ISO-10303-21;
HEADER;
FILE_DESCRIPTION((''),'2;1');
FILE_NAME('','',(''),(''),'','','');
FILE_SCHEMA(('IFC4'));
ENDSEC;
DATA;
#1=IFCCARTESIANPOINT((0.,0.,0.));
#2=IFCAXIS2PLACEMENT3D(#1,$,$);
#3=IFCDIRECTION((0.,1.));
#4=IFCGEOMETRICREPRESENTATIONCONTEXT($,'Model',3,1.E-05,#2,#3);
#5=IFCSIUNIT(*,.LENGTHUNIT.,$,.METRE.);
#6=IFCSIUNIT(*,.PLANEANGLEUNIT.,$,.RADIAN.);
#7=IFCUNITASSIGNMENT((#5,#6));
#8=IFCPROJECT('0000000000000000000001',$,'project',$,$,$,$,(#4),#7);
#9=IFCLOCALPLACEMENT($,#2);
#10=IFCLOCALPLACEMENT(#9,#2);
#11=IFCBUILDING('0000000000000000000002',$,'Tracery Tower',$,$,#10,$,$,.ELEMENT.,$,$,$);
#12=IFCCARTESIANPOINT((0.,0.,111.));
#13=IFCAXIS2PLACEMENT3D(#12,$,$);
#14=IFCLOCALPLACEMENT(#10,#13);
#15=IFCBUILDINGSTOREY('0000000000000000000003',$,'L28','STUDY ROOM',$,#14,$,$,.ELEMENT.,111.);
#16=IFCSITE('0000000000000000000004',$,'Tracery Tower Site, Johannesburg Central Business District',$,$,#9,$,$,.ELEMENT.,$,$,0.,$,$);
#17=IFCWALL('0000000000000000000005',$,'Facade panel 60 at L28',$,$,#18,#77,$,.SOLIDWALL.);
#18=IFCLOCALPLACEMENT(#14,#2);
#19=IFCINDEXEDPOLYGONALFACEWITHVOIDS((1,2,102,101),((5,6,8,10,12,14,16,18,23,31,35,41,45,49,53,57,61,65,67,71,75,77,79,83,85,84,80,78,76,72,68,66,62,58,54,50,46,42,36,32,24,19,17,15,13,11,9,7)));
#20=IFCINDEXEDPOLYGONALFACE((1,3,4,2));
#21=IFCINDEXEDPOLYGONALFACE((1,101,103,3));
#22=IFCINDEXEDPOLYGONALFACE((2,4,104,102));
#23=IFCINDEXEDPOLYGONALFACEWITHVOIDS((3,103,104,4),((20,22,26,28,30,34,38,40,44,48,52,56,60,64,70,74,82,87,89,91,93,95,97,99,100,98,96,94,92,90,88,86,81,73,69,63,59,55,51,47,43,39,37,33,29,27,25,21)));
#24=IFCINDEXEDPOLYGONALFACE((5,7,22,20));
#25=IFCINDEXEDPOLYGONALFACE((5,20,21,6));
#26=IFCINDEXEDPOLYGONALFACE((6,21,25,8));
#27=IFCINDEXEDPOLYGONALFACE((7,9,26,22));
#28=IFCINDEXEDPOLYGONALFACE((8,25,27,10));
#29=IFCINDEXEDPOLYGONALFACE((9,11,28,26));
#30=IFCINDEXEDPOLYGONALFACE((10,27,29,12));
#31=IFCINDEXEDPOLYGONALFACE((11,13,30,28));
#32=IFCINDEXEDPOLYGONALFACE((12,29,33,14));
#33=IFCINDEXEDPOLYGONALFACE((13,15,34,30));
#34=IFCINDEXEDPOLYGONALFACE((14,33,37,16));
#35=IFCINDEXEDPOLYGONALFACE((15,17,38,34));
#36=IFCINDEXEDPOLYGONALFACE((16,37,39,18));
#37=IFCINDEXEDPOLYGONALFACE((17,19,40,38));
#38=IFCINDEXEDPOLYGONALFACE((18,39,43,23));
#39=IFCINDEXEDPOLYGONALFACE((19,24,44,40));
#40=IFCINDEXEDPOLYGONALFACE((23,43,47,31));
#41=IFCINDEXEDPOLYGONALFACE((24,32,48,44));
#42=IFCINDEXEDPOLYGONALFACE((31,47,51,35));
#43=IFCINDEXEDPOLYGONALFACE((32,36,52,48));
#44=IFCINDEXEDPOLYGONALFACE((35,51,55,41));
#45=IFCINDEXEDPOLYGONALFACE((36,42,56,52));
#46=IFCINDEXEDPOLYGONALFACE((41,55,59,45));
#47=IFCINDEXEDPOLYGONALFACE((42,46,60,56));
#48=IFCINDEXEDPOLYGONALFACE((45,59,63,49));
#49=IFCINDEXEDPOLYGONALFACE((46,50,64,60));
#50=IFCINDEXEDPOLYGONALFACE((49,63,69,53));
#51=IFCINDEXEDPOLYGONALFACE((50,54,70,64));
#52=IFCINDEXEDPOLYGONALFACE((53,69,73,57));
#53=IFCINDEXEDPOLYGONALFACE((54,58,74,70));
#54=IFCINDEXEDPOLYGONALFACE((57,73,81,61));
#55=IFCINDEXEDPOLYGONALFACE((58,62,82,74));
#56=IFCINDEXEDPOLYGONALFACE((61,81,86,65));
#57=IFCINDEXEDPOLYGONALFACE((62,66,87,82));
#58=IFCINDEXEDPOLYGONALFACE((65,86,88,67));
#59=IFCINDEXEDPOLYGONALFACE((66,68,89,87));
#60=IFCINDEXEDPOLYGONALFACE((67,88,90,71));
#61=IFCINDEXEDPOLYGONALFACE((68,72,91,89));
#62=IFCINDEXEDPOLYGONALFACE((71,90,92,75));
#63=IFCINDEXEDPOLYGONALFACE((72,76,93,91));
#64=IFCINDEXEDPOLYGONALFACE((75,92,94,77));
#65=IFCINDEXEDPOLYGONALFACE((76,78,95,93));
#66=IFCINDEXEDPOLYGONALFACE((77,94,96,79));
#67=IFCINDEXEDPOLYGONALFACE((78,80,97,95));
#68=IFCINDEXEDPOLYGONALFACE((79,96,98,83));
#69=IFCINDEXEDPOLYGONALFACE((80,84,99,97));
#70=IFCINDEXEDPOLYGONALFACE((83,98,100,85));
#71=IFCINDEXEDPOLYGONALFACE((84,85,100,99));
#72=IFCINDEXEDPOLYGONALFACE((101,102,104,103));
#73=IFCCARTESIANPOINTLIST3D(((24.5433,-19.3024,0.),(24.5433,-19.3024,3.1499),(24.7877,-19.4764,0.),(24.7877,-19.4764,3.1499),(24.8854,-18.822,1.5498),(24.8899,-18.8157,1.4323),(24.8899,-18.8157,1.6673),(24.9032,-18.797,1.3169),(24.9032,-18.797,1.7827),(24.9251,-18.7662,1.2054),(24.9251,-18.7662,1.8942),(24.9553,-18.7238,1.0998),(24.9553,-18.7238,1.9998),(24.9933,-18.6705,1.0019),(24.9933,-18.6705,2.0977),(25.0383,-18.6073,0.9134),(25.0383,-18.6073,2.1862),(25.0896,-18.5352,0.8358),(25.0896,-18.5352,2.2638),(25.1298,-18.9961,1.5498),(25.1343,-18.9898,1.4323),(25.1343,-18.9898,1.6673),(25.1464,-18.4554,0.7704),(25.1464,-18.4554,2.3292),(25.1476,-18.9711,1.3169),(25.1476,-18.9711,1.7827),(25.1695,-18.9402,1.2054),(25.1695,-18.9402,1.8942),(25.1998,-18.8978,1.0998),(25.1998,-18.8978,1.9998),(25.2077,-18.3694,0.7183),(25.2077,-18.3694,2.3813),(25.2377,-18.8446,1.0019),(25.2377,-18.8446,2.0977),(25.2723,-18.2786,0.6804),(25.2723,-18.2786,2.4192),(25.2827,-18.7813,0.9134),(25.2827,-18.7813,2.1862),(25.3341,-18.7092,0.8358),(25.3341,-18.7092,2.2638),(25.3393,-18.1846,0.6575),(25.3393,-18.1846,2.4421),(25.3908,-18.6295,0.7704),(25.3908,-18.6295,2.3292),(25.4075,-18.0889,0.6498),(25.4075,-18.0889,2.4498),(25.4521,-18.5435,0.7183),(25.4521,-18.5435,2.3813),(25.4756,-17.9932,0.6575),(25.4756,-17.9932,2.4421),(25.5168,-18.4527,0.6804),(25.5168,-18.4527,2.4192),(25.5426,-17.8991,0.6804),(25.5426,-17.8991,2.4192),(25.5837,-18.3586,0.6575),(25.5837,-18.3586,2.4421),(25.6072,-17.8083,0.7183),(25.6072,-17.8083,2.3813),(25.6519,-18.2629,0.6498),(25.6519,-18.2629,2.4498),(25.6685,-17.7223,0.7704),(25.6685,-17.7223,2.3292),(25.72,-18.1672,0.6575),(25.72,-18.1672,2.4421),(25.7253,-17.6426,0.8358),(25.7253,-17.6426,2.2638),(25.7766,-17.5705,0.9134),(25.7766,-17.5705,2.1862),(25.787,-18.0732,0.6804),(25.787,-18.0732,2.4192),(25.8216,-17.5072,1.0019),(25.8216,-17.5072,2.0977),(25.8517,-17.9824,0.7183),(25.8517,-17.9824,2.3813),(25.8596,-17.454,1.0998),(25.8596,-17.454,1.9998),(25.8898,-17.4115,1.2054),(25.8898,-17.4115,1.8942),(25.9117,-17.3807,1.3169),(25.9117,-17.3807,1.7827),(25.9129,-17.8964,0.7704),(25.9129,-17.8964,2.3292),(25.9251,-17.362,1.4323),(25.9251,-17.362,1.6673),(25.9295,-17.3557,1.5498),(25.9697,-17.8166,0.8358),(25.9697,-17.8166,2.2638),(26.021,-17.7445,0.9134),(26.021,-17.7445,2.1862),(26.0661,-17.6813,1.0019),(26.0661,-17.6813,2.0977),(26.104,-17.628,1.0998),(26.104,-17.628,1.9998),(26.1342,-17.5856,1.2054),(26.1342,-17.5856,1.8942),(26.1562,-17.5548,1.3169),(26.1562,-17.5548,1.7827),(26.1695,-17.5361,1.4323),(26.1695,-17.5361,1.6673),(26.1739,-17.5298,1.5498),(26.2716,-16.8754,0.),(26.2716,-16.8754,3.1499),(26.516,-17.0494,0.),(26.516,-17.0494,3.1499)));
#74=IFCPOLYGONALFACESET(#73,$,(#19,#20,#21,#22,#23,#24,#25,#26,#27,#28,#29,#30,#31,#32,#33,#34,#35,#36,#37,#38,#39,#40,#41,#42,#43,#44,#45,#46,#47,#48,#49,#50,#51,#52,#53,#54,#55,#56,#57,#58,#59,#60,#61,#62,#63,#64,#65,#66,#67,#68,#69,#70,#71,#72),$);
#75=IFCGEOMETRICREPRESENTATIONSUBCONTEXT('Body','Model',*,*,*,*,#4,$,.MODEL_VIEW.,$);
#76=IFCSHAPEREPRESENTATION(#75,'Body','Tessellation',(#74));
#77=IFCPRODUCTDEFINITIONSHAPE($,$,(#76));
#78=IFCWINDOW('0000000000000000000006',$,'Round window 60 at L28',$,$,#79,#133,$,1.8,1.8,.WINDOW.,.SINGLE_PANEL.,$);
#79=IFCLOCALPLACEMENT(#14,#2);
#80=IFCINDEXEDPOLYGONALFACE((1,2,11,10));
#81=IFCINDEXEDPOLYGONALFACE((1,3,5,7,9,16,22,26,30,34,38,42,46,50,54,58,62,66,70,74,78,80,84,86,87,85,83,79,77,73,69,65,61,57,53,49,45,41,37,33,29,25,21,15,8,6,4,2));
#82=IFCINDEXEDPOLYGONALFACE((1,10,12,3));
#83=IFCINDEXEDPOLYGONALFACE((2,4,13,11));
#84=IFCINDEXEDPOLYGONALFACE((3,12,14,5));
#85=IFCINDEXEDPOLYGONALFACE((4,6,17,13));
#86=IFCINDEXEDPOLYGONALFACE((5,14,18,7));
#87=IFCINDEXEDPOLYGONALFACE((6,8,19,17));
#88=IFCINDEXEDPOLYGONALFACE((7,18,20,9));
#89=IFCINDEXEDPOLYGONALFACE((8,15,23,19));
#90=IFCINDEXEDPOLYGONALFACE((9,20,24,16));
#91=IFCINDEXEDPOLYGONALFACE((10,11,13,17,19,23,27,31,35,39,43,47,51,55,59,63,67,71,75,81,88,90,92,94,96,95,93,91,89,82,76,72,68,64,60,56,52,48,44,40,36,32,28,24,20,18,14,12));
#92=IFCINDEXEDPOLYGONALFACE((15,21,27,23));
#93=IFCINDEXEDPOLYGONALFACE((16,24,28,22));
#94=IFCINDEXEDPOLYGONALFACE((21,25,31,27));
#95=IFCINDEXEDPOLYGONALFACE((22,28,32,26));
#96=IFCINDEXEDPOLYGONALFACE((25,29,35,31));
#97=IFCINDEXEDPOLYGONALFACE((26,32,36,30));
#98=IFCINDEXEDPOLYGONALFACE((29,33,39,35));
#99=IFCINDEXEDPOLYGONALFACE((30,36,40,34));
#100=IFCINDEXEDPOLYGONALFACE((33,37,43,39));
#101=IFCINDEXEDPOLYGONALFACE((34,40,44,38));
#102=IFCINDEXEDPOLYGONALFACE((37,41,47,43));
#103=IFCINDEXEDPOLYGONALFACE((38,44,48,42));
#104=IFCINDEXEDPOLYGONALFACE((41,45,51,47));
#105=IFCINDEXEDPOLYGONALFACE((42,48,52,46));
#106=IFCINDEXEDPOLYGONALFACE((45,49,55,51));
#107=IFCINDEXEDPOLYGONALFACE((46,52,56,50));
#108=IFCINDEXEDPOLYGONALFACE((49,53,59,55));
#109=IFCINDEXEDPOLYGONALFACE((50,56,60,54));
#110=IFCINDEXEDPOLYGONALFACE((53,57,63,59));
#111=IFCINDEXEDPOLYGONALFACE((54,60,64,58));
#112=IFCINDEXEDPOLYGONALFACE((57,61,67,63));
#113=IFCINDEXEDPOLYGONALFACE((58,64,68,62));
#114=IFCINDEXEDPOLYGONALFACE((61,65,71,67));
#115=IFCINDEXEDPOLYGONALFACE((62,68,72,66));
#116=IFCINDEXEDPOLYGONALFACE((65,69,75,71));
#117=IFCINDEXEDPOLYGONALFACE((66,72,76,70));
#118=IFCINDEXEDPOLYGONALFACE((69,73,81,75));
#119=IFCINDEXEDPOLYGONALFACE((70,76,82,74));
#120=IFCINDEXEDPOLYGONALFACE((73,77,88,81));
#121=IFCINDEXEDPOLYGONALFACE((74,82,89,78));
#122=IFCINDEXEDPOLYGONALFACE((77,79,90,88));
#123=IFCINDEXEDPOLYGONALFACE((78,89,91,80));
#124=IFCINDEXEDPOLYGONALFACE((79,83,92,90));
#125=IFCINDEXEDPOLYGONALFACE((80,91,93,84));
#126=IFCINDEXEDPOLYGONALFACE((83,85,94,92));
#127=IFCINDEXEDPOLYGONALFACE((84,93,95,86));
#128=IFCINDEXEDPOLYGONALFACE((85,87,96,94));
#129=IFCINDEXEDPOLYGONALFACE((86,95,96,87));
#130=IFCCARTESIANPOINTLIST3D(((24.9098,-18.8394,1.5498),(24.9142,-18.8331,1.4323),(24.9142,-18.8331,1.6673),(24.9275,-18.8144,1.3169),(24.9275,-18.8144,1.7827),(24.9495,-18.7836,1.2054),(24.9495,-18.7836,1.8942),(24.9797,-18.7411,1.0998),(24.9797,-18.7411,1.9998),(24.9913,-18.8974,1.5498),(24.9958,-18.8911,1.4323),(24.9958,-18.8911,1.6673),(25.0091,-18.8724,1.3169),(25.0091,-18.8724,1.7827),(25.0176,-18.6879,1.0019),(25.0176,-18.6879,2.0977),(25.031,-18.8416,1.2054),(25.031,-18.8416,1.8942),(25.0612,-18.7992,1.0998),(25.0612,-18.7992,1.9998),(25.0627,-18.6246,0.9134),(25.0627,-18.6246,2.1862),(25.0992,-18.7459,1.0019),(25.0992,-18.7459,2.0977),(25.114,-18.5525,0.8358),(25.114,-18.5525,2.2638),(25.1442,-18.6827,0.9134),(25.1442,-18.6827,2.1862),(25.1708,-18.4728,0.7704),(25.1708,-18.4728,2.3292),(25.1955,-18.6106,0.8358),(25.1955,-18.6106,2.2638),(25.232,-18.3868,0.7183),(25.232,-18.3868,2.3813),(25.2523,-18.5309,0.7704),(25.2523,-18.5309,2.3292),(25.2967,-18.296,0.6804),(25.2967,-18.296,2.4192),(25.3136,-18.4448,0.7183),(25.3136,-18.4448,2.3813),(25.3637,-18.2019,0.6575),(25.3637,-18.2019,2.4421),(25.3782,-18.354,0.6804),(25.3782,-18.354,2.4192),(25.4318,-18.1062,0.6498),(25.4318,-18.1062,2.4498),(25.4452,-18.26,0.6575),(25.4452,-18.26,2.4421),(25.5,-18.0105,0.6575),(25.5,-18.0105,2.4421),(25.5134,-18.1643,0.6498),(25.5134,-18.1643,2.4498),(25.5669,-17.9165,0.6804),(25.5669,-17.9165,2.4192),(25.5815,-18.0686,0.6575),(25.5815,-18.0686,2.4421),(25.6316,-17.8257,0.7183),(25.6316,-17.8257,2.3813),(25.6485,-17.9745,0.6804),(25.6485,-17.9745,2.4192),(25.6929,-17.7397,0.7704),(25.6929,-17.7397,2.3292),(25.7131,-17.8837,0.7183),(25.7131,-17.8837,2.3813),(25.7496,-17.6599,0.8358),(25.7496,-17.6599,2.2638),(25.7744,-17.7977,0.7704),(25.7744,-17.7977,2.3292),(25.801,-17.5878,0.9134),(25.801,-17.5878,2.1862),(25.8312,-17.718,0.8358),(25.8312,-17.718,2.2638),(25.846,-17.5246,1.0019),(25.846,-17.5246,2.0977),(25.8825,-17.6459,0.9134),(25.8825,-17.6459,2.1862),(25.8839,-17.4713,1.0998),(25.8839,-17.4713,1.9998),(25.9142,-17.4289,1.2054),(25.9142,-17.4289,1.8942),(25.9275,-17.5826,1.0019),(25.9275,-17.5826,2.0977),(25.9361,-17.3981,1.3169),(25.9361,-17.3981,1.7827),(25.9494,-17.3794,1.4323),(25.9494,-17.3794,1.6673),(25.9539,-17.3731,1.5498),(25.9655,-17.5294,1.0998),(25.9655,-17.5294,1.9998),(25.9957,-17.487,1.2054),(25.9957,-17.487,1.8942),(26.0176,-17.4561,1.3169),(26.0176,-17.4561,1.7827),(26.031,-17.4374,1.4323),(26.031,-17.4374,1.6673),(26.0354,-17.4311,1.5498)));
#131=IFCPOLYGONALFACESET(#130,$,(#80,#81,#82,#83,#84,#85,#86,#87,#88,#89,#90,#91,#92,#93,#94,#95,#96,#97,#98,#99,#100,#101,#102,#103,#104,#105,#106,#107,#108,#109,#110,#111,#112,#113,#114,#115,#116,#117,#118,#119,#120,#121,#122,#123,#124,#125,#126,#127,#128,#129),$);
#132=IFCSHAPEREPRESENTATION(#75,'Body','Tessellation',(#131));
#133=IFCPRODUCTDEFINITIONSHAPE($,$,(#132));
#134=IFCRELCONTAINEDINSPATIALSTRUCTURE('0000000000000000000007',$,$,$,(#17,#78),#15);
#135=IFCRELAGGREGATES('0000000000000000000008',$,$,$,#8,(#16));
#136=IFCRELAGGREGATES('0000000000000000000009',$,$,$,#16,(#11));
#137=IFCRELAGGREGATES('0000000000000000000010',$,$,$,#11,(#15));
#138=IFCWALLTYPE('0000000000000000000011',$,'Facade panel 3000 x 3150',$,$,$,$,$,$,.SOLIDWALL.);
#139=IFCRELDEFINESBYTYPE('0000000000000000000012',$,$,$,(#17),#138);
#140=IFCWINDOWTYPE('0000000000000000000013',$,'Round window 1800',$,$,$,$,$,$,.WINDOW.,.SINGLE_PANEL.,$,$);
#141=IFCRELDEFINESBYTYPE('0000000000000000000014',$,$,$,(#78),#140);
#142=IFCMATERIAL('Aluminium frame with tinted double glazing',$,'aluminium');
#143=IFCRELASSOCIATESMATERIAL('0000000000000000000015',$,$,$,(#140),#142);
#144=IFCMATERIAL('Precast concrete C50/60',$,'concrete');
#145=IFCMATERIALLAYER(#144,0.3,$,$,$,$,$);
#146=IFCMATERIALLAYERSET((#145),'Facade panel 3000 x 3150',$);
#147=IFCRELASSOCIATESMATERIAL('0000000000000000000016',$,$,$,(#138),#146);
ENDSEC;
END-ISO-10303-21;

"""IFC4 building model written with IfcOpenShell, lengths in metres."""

from ifc_helpers import new_model, si_unit, direction, frame, frame_2d, origin, origin_2d, place, context, subcontext, project, spatial, rectangle, circle, extrude, material, layer, layer_set, type_object, element, fill, save


model = new_model("IFC4")

# Units and contexts
model_context = context("Model", 3, precision=1e-05, world=origin(), true_north=direction((0.0, 1.0)))
body_context = subcontext(model_context, "Body", "Model", "MODEL_VIEW")
ifc_project = project(units=[si_unit("LENGTHUNIT", "METRE"), si_unit("PLANEANGLEUNIT", "RADIAN")], contexts=[model_context])

# Site, building, storey
site_placement = place(None, origin())
site = spatial("IfcSite", under=ifc_project, at=site_placement, Name="Tracery Tower Site, Johannesburg Central Business District", CompositionType="ELEMENT", RefElevation=0.0)
building_placement = place(site_placement, origin())
building = spatial("IfcBuilding", under=site, at=building_placement, Name="Tracery Tower", CompositionType="ELEMENT")
storey_placement = place(building_placement, frame((0.0, 0.0, 111.0)))
storey = spatial("IfcBuildingStorey", under=building, at=storey_placement, Name="L28", Description="STUDY ROOM", CompositionType="ELEMENT", Elevation=111.0)

# Wall, opening, window
ifc_material_1 = material(Name="Aluminium frame with tinted double glazing", Category="aluminium")
window_type = type_object("IfcWindowType", Name="Round window 1800", PartitioningType="SINGLE_PANEL", PredefinedType="WINDOW", material=ifc_material_1)
ifc_material_2 = material(Name="Precast concrete C50/60", Category="concrete")
ifc_layer_1 = layer(ifc_material_2, 0.3)
ifc_layer_set_1 = layer_set([ifc_layer_1], Name="Facade panel 3000 x 3150")
wall_type_1 = type_object("IfcWallType", Name="Facade panel 3000 x 3150", PredefinedType="SOLIDWALL", material=ifc_layer_set_1)
wall_1_placement = place(storey_placement, frame((24.6655, -19.3894, 0.0), z_axis=(0.0, 0.0, 1.0), x_axis=(0.580059, 0.814574, 0.0)))
wall_1 = element("IfcWall", 1, at=wall_1_placement, inside=storey, type_object=wall_type_1, Name="Facade panel 60 at L28", PredefinedType="SOLIDWALL", context=body_context, shape_type="SweptSolid", body=[
    extrude(rectangle(XDim=2.9795, YDim=0.3, at=frame_2d((1.4897, 0.0))), origin(), (0.0, 0.0, 1.0), 3.1499),
])
opening_1_placement = place(wall_1_placement, frame((1.4897, 0.0, 1.5498)))
opening_1 = element("IfcOpeningElement", 2, at=opening_1_placement, cuts=wall_1, PredefinedType="OPENING", context=body_context, shape_type="SweptSolid", body=[
    extrude(circle(Radius=0.9, at=origin_2d()), frame((0.0, 0.1599, 0.0), z_axis=(0.0, -1.0, 0.0), x_axis=(1.0, 0.0, 0.0)), (0.0, 0.0, 1.0), 0.3201),
])
window_1_placement = place(opening_1_placement, origin())
window_1 = element("IfcWindow", 3, at=window_1_placement, inside=storey, type_object=window_type, Name="Round window 60 at L28", OverallHeight=1.8, OverallWidth=1.8, PartitioningType="SINGLE_PANEL", PredefinedType="WINDOW", context=body_context, shape_type="SweptSolid", body=[
    extrude(circle(Radius=0.9, at=origin_2d()), frame((0.0, 0.1201, 0.0), z_axis=(0.0, -1.0, 0.0), x_axis=(1.0, 0.0, 0.0)), (0.0, 0.0, 1.0), 0.1001),
])
fill(opening_1, window_1)

save(model, "model.ifc")
